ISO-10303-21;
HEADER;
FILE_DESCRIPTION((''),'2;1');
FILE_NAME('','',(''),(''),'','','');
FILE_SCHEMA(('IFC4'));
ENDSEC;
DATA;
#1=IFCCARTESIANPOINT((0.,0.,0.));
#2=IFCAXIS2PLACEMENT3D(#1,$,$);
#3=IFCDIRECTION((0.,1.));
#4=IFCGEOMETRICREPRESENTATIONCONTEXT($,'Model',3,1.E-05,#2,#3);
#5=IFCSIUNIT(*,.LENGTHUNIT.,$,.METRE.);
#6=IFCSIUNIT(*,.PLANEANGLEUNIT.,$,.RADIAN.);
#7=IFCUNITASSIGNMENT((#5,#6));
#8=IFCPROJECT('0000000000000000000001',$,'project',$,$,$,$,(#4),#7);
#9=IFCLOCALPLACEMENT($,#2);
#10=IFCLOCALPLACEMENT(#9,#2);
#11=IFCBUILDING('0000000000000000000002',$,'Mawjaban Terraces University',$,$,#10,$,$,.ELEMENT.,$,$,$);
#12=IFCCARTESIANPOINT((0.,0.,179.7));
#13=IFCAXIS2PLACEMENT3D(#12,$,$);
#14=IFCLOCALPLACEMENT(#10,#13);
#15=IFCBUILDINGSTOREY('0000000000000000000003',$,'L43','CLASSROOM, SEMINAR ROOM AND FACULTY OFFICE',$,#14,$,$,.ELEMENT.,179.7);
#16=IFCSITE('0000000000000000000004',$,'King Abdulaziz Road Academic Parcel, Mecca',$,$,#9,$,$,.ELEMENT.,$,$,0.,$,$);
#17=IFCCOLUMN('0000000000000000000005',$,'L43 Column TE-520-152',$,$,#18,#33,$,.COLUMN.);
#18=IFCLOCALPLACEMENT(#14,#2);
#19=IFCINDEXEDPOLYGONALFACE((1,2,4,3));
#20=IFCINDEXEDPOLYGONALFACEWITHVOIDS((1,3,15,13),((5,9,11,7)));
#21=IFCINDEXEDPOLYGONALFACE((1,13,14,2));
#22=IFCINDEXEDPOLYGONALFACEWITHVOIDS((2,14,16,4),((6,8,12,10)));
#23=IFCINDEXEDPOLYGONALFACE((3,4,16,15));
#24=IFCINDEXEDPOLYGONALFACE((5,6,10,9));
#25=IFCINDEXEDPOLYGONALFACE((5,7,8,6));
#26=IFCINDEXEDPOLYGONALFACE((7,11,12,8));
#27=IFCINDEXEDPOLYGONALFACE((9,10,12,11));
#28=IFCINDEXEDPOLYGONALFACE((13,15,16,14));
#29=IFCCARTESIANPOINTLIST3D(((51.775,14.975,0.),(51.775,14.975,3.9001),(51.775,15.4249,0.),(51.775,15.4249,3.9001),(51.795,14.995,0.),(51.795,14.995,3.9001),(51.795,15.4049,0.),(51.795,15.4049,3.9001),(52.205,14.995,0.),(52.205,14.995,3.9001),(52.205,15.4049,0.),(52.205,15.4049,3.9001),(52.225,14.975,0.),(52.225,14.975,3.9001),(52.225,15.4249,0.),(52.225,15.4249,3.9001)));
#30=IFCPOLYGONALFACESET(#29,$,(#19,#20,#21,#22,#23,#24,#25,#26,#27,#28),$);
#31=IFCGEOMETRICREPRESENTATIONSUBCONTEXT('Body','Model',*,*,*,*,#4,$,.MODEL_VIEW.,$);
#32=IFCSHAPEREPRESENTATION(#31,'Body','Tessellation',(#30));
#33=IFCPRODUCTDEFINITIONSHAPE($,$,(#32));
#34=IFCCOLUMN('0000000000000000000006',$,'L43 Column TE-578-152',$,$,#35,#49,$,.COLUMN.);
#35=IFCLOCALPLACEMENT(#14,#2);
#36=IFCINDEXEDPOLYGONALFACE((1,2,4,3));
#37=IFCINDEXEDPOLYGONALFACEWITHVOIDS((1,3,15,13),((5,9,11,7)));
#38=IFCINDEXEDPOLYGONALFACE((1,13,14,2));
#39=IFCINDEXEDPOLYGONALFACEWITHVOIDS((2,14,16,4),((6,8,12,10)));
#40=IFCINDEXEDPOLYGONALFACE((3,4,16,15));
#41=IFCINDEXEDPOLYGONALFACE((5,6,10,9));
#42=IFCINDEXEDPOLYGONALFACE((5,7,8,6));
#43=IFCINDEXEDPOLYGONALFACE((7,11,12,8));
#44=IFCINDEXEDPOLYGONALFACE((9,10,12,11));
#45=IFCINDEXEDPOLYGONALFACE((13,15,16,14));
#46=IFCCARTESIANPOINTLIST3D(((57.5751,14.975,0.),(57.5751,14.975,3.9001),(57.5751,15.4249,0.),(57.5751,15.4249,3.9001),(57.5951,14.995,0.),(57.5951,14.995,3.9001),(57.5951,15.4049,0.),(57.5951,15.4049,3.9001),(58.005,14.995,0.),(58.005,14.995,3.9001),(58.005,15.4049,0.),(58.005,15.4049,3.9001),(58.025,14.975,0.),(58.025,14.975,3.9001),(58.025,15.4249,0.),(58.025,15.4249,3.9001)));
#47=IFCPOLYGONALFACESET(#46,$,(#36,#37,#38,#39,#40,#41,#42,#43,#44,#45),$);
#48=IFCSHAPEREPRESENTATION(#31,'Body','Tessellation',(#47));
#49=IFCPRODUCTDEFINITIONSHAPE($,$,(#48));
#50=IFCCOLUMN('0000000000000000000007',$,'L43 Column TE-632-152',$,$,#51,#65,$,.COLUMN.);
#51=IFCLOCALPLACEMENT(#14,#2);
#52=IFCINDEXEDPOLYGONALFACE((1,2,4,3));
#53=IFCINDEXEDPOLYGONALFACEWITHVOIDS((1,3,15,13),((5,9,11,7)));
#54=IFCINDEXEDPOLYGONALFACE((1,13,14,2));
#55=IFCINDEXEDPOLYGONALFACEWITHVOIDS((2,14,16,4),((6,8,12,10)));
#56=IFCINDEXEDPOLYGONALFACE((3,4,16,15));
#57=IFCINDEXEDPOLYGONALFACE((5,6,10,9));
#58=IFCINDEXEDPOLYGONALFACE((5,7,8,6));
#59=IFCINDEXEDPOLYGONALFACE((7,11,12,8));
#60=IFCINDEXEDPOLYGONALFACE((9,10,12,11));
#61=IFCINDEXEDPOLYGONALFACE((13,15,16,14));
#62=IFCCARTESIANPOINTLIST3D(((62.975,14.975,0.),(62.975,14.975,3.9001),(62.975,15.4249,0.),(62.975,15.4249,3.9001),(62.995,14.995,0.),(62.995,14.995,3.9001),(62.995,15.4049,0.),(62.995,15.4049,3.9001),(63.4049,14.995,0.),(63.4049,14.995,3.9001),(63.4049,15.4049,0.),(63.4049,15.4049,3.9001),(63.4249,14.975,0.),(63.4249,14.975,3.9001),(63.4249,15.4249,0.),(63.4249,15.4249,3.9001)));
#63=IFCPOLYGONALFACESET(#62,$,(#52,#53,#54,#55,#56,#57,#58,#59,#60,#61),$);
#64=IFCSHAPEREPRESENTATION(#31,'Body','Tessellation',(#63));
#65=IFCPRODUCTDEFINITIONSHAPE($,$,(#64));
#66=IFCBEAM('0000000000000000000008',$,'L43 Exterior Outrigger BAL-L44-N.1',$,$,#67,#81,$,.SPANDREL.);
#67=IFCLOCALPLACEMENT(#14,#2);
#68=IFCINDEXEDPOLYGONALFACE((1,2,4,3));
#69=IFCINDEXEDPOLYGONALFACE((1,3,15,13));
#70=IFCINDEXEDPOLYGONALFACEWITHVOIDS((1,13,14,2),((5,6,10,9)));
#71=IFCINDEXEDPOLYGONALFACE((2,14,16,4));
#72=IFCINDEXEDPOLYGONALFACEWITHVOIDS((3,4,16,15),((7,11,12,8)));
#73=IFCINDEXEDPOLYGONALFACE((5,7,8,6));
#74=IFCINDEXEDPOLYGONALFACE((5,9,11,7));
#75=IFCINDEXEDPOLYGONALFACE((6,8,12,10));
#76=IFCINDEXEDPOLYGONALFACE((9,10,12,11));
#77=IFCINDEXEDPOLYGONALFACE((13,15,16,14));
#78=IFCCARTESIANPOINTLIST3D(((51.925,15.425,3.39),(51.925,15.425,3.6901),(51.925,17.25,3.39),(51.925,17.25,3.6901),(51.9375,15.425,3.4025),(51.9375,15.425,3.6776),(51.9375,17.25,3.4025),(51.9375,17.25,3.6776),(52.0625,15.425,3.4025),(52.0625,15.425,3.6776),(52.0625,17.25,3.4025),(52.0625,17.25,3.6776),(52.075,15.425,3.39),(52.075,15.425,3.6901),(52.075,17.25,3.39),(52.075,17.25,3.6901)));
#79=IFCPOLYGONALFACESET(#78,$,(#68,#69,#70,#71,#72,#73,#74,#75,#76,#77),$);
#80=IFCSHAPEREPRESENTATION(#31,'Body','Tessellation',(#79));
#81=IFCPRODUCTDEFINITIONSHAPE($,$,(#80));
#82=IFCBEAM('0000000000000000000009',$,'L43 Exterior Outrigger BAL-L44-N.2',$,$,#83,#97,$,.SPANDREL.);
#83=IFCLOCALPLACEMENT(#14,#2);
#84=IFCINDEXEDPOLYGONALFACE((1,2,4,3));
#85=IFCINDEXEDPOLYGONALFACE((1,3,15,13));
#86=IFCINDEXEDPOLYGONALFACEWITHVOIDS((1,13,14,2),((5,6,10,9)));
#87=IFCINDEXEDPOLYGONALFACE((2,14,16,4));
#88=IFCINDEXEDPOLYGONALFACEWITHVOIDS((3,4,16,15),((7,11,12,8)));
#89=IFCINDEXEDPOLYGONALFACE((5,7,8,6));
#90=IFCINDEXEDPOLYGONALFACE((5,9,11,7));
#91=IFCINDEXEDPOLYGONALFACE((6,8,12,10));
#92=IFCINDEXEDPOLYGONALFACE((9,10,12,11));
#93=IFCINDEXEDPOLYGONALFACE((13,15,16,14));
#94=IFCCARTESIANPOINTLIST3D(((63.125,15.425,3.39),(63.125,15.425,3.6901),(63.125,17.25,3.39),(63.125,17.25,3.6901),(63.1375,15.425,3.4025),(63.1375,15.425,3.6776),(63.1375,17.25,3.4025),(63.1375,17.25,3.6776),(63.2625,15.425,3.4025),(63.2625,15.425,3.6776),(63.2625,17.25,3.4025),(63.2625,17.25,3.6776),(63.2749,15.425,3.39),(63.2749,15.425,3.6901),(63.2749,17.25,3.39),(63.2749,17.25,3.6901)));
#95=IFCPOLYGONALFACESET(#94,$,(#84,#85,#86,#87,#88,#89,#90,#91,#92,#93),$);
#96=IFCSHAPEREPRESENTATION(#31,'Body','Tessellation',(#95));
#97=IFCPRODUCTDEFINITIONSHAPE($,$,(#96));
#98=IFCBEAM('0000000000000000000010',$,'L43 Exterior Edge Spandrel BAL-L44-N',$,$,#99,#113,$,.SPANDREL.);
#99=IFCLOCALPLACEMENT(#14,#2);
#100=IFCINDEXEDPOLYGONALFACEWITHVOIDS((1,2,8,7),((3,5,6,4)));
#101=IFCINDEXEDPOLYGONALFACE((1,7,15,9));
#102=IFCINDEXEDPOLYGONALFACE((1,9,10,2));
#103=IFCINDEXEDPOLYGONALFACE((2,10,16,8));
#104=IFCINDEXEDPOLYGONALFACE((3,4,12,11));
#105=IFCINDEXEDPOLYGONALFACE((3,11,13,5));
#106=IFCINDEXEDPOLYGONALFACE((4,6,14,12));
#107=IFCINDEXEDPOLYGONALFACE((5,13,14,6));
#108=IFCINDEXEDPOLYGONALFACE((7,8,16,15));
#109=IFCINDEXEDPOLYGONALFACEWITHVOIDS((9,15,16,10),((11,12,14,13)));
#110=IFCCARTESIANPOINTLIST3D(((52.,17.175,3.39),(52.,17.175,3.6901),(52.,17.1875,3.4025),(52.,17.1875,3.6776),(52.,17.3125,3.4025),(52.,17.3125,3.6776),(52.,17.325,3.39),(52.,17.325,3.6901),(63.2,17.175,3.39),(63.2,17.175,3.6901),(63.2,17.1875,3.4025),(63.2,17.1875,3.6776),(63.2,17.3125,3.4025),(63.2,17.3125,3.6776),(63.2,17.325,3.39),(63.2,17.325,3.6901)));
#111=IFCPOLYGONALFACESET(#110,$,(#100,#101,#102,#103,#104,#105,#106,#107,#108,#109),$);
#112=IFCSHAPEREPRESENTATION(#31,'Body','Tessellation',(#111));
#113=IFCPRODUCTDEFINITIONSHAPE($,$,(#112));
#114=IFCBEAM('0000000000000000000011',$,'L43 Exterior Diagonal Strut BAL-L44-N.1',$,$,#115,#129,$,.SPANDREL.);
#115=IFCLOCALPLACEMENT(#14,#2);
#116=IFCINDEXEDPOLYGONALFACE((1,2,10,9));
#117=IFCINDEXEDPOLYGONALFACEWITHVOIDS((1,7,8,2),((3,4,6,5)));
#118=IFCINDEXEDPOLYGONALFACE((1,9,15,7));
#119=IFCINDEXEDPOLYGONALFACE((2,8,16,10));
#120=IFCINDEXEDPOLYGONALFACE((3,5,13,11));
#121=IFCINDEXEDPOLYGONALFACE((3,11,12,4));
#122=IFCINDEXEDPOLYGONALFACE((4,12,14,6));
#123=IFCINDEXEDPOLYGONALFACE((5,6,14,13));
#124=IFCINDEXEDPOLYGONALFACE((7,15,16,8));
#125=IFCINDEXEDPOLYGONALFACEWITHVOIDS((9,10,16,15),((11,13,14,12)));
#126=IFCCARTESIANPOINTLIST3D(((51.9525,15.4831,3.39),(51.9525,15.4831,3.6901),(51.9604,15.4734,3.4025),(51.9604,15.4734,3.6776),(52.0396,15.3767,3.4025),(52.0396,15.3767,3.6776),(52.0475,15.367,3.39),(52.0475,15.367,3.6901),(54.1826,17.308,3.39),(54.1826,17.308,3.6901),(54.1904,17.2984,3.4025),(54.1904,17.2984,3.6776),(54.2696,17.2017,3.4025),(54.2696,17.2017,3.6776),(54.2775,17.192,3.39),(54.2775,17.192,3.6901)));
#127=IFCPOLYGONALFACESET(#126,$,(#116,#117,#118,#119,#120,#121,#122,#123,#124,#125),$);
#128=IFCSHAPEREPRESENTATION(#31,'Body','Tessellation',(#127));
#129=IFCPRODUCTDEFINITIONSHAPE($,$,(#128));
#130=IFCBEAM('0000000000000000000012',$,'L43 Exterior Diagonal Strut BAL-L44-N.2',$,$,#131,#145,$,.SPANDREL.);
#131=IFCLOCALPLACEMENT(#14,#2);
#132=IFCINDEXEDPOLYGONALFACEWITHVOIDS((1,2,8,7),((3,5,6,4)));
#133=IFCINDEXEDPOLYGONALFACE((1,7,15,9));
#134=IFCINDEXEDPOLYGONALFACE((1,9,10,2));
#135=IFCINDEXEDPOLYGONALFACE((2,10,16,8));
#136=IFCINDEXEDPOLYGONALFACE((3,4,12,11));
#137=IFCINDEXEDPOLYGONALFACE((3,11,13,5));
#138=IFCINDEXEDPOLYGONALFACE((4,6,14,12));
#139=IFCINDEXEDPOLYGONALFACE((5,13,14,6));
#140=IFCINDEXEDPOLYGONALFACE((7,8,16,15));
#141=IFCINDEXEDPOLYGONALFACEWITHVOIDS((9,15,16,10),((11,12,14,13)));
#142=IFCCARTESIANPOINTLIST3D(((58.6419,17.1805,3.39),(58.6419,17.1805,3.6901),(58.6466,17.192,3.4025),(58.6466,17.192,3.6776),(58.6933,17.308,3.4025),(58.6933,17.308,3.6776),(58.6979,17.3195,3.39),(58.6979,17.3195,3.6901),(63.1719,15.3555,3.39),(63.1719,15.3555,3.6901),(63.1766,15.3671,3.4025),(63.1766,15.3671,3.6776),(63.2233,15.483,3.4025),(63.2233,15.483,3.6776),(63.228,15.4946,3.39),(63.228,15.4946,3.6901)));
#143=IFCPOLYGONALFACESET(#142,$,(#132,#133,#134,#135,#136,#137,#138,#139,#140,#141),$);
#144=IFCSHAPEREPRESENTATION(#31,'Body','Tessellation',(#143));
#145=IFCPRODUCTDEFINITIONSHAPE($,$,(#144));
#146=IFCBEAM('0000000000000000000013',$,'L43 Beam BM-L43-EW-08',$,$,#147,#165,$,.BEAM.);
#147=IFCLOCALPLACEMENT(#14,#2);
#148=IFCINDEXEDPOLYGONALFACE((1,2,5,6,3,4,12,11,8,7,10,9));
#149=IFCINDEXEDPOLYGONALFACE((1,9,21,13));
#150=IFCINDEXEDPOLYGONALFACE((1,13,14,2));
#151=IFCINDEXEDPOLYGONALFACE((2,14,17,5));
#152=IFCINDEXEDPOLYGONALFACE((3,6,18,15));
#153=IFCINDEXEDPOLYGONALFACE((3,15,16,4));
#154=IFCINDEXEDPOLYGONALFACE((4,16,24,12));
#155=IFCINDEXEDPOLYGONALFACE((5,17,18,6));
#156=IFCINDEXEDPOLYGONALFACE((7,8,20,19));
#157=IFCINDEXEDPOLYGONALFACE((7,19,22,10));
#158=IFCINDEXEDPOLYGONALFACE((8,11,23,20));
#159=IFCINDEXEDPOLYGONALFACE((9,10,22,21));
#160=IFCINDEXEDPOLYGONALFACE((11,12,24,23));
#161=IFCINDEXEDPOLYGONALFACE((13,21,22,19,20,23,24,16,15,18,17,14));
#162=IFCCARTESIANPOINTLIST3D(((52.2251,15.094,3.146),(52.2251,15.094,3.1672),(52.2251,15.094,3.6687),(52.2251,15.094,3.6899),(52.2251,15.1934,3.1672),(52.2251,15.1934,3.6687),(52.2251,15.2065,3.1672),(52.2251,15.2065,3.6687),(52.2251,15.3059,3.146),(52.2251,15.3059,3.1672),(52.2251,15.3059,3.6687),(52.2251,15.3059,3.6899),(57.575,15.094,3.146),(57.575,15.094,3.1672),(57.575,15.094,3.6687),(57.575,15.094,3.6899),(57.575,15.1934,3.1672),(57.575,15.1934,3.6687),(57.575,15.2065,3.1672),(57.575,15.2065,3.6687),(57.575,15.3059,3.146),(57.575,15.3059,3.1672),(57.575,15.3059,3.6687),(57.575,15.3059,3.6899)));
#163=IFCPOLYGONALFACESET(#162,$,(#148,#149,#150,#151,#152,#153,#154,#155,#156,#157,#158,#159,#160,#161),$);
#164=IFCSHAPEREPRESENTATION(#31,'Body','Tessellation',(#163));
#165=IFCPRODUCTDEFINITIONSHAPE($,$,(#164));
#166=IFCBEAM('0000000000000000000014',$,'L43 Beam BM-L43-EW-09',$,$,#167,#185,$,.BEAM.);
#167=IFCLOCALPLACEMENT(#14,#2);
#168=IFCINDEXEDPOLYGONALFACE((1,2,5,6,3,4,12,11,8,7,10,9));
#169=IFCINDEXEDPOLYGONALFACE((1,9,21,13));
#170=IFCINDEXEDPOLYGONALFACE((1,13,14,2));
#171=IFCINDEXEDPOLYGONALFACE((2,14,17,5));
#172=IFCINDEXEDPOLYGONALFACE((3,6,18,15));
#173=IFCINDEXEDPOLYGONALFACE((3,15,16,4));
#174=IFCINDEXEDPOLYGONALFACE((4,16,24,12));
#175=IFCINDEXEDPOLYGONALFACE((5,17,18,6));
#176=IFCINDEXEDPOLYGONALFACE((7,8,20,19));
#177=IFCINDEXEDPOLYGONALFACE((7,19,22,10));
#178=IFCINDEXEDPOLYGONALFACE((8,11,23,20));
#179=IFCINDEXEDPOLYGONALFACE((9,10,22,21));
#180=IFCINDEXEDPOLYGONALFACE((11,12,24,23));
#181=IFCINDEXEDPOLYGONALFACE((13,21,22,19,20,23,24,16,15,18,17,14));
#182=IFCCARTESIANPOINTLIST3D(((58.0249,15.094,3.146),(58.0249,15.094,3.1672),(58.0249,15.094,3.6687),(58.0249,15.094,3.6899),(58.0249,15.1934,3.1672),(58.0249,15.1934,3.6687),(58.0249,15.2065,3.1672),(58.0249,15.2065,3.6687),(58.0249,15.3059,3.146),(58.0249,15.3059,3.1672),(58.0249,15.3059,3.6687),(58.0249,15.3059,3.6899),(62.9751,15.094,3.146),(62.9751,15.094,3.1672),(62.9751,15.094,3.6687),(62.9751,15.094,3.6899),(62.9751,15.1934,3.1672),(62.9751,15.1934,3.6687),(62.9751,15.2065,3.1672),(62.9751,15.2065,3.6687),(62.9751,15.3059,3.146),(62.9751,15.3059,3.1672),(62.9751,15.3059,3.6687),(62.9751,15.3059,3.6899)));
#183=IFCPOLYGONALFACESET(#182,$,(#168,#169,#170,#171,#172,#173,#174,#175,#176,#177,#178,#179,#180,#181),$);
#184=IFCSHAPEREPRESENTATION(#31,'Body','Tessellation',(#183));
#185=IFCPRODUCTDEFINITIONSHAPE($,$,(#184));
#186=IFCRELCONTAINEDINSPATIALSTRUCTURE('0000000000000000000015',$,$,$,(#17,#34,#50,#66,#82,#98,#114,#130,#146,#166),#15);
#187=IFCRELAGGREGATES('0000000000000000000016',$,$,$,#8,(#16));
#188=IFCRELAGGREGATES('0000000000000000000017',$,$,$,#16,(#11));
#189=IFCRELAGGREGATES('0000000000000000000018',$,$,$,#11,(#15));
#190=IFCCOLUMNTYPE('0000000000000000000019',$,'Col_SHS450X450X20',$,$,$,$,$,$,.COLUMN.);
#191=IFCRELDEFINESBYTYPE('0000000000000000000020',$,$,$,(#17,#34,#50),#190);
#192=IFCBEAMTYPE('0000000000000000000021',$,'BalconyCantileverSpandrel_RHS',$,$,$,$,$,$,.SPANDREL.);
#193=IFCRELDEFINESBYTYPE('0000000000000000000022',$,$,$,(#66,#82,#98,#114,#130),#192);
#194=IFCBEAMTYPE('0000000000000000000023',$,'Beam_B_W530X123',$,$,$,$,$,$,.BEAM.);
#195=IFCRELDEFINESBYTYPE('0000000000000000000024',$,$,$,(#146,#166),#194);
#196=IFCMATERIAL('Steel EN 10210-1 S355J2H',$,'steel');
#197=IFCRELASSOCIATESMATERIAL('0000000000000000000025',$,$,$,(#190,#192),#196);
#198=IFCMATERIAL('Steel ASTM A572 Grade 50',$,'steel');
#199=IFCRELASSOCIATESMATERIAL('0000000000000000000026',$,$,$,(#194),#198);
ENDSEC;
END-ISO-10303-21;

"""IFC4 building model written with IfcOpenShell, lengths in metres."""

from ifc_helpers import new_model, si_unit, direction, frame, origin, origin_2d, place, context, subcontext, project, spatial, hollow_rectangle, i_section, extrude, material, material_profile, profile_set, type_object, element, save


model = new_model("IFC4")

# Units and contexts
model_context = context("Model", 3, precision=1e-05, world=origin(), true_north=direction((0.0, 1.0)))
body_context = subcontext(model_context, "Body", "Model", "MODEL_VIEW")
ifc_project = project(units=[si_unit("LENGTHUNIT", "METRE"), si_unit("PLANEANGLEUNIT", "RADIAN")], contexts=[model_context])

# Site, building, storey
site_placement = place(None, origin())
site = spatial("IfcSite", under=ifc_project, at=site_placement, Name="King Abdulaziz Road Academic Parcel, Mecca", CompositionType="ELEMENT", RefElevation=0.0)
building_placement = place(site_placement, origin())
building = spatial("IfcBuilding", under=site, at=building_placement, Name="Mawjaban Terraces University", CompositionType="ELEMENT")
storey_placement = place(building_placement, frame((0.0, 0.0, 179.7)))
storey = spatial("IfcBuildingStorey", under=building, at=storey_placement, Name="L43", Description="CLASSROOM, SEMINAR ROOM AND FACULTY OFFICE", CompositionType="ELEMENT", Elevation=179.7)

# Columns
ifc_material_1 = material(Name="Steel EN 10210-1 S355J2H", Category="steel")
ifc_material_profile_1 = material_profile(ifc_material_1, hollow_rectangle(XDim=0.45, YDim=0.45, WallThickness=0.02, at=origin_2d()), Name="SHS450X450X20")
ifc_profile_set_1 = profile_set([ifc_material_profile_1], Name="Steel EN 10210-1 S355J2H")
column_type = type_object("IfcColumnType", Name="Col_SHS450X450X20", PredefinedType="COLUMN", material=ifc_profile_set_1)
for number, where, z_axis, x_axis, name in (
    (1, (52.0, 15.2, 0.0), (0.0, 0.0, 1.0), (1.0, 0.0, 0.0), "L43 Column TE-520-152"),
    (2, (57.8, 15.2, 0.0), (0.0, 0.0, 1.0), (1.0, 0.0, 0.0), "L43 Column TE-578-152"),
    (3, (63.2, 15.2, 0.0), (0.0, 0.0, 1.0), (1.0, 0.0, 0.0), "L43 Column TE-632-152"),
):
    element("IfcColumn", number, at=place(storey_placement, frame(where, z_axis=z_axis, x_axis=x_axis)), inside=storey, type_object=column_type, Name=name, PredefinedType="COLUMN", context=body_context, shape_type="SweptSolid", body=[
        extrude(hollow_rectangle(XDim=0.45, YDim=0.45, WallThickness=0.02, at=origin_2d()), origin(), (0.0, 0.0, 1.0), 3.9001),
    ])

# Beams
ifc_material_profile_2 = material_profile(ifc_material_1, hollow_rectangle(XDim=0.1499, YDim=0.3, WallThickness=0.0125, at=origin_2d()), Name="RHS300X150X12.5")
ifc_profile_set_2 = profile_set([ifc_material_profile_2], Name="Steel EN 10210-1 S355J2H")
beam_type_1 = type_object("IfcBeamType", Name="BalconyCantileverSpandrel_RHS", PredefinedType="SPANDREL", material=ifc_profile_set_2)
for number, where, z_axis, x_axis, name in (
    (4, (52.0, 15.425, 3.54), (0.0, 1.0, 0.0), (-1.0, 0.0, 0.0), "L43 Exterior Outrigger BAL-L44-N.1"),
    (5, (63.2, 15.425, 3.54), (0.0, 1.0, 0.0), (-1.0, 0.0, 0.0), "L43 Exterior Outrigger BAL-L44-N.2"),
):
    element("IfcBeam", number, at=place(storey_placement, frame(where, z_axis=z_axis, x_axis=x_axis)), inside=storey, type_object=beam_type_1, Name=name, PredefinedType="SPANDREL", context=body_context, shape_type="SweptSolid", body=[
        extrude(hollow_rectangle(XDim=0.1499, YDim=0.3, WallThickness=0.0125, at=origin_2d()), origin(), (0.0, 0.0, 1.0), 1.825),
    ])
beam_1_placement = place(storey_placement, frame((52.0, 17.25, 3.54), z_axis=(1.0, 0.0, 0.0), x_axis=(0.0, 1.0, 0.0)))
element("IfcBeam", 6, at=beam_1_placement, inside=storey, type_object=beam_type_1, Name="L43 Exterior Edge Spandrel BAL-L44-N", PredefinedType="SPANDREL", context=body_context, shape_type="SweptSolid", body=[
    extrude(hollow_rectangle(XDim=0.1499, YDim=0.3, WallThickness=0.0125, at=origin_2d()), origin(), (0.0, 0.0, 1.0), 11.2),
])
beam_2_placement = place(storey_placement, frame((52.0, 15.425, 3.54), z_axis=(0.773886, 0.633325, 0.0), x_axis=(-0.633325, 0.773886, 0.0)))
element("IfcBeam", 7, at=beam_2_placement, inside=storey, type_object=beam_type_1, Name="L43 Exterior Diagonal Strut BAL-L44-N.1", PredefinedType="SPANDREL", context=body_context, shape_type="SweptSolid", body=[
    extrude(hollow_rectangle(XDim=0.1499, YDim=0.3, WallThickness=0.0125, at=origin_2d()), origin(), (0.0, 0.0, 1.0), 2.8816),
])
beam_3_placement = place(storey_placement, frame((63.2, 15.425, 3.54), z_axis=(-0.92756, 0.373674, 0.0), x_axis=(-0.373674, -0.92756, 0.0)))
element("IfcBeam", 8, at=beam_3_placement, inside=storey, type_object=beam_type_1, Name="L43 Exterior Diagonal Strut BAL-L44-N.2", PredefinedType="SPANDREL", context=body_context, shape_type="SweptSolid", body=[
    extrude(hollow_rectangle(XDim=0.1499, YDim=0.3, WallThickness=0.0125, at=origin_2d()), origin(), (0.0, 0.0, 1.0), 4.8838),
])
ifc_material_2 = material(Name="Steel ASTM A572 Grade 50", Category="steel")
ifc_material_profile_3 = material_profile(ifc_material_2, i_section(OverallWidth=0.2119, OverallDepth=0.5439, WebThickness=0.0132, FlangeThickness=0.0212, at=origin_2d()), Name="W530X123")
ifc_profile_set_3 = profile_set([ifc_material_profile_3], Name="Steel ASTM A572 Grade 50")
beam_type_2 = type_object("IfcBeamType", Name="Beam_B_W530X123", PredefinedType="BEAM", material=ifc_profile_set_3)
beam_4_placement = place(storey_placement, frame((52.2251, 15.2, 3.418), z_axis=(1.0, 0.0, 0.0), x_axis=(0.0, 1.0, 0.0)))
element("IfcBeam", 9, at=beam_4_placement, inside=storey, type_object=beam_type_2, Name="L43 Beam BM-L43-EW-08", PredefinedType="BEAM", context=body_context, shape_type="SweptSolid", body=[
    extrude(i_section(OverallWidth=0.2119, OverallDepth=0.5439, WebThickness=0.0132, FlangeThickness=0.0212, at=origin_2d()), origin(), (0.0, 0.0, 1.0), 5.3499),
])
beam_5_placement = place(storey_placement, frame((58.0249, 15.2, 3.418), z_axis=(1.0, 0.0, 0.0), x_axis=(0.0, 1.0, 0.0)))
element("IfcBeam", 10, at=beam_5_placement, inside=storey, type_object=beam_type_2, Name="L43 Beam BM-L43-EW-09", PredefinedType="BEAM", context=body_context, shape_type="SweptSolid", body=[
    extrude(i_section(OverallWidth=0.2119, OverallDepth=0.5439, WebThickness=0.0132, FlangeThickness=0.0212, at=origin_2d()), origin(), (0.0, 0.0, 1.0), 4.9502),
])

save(model, "model.ifc")
